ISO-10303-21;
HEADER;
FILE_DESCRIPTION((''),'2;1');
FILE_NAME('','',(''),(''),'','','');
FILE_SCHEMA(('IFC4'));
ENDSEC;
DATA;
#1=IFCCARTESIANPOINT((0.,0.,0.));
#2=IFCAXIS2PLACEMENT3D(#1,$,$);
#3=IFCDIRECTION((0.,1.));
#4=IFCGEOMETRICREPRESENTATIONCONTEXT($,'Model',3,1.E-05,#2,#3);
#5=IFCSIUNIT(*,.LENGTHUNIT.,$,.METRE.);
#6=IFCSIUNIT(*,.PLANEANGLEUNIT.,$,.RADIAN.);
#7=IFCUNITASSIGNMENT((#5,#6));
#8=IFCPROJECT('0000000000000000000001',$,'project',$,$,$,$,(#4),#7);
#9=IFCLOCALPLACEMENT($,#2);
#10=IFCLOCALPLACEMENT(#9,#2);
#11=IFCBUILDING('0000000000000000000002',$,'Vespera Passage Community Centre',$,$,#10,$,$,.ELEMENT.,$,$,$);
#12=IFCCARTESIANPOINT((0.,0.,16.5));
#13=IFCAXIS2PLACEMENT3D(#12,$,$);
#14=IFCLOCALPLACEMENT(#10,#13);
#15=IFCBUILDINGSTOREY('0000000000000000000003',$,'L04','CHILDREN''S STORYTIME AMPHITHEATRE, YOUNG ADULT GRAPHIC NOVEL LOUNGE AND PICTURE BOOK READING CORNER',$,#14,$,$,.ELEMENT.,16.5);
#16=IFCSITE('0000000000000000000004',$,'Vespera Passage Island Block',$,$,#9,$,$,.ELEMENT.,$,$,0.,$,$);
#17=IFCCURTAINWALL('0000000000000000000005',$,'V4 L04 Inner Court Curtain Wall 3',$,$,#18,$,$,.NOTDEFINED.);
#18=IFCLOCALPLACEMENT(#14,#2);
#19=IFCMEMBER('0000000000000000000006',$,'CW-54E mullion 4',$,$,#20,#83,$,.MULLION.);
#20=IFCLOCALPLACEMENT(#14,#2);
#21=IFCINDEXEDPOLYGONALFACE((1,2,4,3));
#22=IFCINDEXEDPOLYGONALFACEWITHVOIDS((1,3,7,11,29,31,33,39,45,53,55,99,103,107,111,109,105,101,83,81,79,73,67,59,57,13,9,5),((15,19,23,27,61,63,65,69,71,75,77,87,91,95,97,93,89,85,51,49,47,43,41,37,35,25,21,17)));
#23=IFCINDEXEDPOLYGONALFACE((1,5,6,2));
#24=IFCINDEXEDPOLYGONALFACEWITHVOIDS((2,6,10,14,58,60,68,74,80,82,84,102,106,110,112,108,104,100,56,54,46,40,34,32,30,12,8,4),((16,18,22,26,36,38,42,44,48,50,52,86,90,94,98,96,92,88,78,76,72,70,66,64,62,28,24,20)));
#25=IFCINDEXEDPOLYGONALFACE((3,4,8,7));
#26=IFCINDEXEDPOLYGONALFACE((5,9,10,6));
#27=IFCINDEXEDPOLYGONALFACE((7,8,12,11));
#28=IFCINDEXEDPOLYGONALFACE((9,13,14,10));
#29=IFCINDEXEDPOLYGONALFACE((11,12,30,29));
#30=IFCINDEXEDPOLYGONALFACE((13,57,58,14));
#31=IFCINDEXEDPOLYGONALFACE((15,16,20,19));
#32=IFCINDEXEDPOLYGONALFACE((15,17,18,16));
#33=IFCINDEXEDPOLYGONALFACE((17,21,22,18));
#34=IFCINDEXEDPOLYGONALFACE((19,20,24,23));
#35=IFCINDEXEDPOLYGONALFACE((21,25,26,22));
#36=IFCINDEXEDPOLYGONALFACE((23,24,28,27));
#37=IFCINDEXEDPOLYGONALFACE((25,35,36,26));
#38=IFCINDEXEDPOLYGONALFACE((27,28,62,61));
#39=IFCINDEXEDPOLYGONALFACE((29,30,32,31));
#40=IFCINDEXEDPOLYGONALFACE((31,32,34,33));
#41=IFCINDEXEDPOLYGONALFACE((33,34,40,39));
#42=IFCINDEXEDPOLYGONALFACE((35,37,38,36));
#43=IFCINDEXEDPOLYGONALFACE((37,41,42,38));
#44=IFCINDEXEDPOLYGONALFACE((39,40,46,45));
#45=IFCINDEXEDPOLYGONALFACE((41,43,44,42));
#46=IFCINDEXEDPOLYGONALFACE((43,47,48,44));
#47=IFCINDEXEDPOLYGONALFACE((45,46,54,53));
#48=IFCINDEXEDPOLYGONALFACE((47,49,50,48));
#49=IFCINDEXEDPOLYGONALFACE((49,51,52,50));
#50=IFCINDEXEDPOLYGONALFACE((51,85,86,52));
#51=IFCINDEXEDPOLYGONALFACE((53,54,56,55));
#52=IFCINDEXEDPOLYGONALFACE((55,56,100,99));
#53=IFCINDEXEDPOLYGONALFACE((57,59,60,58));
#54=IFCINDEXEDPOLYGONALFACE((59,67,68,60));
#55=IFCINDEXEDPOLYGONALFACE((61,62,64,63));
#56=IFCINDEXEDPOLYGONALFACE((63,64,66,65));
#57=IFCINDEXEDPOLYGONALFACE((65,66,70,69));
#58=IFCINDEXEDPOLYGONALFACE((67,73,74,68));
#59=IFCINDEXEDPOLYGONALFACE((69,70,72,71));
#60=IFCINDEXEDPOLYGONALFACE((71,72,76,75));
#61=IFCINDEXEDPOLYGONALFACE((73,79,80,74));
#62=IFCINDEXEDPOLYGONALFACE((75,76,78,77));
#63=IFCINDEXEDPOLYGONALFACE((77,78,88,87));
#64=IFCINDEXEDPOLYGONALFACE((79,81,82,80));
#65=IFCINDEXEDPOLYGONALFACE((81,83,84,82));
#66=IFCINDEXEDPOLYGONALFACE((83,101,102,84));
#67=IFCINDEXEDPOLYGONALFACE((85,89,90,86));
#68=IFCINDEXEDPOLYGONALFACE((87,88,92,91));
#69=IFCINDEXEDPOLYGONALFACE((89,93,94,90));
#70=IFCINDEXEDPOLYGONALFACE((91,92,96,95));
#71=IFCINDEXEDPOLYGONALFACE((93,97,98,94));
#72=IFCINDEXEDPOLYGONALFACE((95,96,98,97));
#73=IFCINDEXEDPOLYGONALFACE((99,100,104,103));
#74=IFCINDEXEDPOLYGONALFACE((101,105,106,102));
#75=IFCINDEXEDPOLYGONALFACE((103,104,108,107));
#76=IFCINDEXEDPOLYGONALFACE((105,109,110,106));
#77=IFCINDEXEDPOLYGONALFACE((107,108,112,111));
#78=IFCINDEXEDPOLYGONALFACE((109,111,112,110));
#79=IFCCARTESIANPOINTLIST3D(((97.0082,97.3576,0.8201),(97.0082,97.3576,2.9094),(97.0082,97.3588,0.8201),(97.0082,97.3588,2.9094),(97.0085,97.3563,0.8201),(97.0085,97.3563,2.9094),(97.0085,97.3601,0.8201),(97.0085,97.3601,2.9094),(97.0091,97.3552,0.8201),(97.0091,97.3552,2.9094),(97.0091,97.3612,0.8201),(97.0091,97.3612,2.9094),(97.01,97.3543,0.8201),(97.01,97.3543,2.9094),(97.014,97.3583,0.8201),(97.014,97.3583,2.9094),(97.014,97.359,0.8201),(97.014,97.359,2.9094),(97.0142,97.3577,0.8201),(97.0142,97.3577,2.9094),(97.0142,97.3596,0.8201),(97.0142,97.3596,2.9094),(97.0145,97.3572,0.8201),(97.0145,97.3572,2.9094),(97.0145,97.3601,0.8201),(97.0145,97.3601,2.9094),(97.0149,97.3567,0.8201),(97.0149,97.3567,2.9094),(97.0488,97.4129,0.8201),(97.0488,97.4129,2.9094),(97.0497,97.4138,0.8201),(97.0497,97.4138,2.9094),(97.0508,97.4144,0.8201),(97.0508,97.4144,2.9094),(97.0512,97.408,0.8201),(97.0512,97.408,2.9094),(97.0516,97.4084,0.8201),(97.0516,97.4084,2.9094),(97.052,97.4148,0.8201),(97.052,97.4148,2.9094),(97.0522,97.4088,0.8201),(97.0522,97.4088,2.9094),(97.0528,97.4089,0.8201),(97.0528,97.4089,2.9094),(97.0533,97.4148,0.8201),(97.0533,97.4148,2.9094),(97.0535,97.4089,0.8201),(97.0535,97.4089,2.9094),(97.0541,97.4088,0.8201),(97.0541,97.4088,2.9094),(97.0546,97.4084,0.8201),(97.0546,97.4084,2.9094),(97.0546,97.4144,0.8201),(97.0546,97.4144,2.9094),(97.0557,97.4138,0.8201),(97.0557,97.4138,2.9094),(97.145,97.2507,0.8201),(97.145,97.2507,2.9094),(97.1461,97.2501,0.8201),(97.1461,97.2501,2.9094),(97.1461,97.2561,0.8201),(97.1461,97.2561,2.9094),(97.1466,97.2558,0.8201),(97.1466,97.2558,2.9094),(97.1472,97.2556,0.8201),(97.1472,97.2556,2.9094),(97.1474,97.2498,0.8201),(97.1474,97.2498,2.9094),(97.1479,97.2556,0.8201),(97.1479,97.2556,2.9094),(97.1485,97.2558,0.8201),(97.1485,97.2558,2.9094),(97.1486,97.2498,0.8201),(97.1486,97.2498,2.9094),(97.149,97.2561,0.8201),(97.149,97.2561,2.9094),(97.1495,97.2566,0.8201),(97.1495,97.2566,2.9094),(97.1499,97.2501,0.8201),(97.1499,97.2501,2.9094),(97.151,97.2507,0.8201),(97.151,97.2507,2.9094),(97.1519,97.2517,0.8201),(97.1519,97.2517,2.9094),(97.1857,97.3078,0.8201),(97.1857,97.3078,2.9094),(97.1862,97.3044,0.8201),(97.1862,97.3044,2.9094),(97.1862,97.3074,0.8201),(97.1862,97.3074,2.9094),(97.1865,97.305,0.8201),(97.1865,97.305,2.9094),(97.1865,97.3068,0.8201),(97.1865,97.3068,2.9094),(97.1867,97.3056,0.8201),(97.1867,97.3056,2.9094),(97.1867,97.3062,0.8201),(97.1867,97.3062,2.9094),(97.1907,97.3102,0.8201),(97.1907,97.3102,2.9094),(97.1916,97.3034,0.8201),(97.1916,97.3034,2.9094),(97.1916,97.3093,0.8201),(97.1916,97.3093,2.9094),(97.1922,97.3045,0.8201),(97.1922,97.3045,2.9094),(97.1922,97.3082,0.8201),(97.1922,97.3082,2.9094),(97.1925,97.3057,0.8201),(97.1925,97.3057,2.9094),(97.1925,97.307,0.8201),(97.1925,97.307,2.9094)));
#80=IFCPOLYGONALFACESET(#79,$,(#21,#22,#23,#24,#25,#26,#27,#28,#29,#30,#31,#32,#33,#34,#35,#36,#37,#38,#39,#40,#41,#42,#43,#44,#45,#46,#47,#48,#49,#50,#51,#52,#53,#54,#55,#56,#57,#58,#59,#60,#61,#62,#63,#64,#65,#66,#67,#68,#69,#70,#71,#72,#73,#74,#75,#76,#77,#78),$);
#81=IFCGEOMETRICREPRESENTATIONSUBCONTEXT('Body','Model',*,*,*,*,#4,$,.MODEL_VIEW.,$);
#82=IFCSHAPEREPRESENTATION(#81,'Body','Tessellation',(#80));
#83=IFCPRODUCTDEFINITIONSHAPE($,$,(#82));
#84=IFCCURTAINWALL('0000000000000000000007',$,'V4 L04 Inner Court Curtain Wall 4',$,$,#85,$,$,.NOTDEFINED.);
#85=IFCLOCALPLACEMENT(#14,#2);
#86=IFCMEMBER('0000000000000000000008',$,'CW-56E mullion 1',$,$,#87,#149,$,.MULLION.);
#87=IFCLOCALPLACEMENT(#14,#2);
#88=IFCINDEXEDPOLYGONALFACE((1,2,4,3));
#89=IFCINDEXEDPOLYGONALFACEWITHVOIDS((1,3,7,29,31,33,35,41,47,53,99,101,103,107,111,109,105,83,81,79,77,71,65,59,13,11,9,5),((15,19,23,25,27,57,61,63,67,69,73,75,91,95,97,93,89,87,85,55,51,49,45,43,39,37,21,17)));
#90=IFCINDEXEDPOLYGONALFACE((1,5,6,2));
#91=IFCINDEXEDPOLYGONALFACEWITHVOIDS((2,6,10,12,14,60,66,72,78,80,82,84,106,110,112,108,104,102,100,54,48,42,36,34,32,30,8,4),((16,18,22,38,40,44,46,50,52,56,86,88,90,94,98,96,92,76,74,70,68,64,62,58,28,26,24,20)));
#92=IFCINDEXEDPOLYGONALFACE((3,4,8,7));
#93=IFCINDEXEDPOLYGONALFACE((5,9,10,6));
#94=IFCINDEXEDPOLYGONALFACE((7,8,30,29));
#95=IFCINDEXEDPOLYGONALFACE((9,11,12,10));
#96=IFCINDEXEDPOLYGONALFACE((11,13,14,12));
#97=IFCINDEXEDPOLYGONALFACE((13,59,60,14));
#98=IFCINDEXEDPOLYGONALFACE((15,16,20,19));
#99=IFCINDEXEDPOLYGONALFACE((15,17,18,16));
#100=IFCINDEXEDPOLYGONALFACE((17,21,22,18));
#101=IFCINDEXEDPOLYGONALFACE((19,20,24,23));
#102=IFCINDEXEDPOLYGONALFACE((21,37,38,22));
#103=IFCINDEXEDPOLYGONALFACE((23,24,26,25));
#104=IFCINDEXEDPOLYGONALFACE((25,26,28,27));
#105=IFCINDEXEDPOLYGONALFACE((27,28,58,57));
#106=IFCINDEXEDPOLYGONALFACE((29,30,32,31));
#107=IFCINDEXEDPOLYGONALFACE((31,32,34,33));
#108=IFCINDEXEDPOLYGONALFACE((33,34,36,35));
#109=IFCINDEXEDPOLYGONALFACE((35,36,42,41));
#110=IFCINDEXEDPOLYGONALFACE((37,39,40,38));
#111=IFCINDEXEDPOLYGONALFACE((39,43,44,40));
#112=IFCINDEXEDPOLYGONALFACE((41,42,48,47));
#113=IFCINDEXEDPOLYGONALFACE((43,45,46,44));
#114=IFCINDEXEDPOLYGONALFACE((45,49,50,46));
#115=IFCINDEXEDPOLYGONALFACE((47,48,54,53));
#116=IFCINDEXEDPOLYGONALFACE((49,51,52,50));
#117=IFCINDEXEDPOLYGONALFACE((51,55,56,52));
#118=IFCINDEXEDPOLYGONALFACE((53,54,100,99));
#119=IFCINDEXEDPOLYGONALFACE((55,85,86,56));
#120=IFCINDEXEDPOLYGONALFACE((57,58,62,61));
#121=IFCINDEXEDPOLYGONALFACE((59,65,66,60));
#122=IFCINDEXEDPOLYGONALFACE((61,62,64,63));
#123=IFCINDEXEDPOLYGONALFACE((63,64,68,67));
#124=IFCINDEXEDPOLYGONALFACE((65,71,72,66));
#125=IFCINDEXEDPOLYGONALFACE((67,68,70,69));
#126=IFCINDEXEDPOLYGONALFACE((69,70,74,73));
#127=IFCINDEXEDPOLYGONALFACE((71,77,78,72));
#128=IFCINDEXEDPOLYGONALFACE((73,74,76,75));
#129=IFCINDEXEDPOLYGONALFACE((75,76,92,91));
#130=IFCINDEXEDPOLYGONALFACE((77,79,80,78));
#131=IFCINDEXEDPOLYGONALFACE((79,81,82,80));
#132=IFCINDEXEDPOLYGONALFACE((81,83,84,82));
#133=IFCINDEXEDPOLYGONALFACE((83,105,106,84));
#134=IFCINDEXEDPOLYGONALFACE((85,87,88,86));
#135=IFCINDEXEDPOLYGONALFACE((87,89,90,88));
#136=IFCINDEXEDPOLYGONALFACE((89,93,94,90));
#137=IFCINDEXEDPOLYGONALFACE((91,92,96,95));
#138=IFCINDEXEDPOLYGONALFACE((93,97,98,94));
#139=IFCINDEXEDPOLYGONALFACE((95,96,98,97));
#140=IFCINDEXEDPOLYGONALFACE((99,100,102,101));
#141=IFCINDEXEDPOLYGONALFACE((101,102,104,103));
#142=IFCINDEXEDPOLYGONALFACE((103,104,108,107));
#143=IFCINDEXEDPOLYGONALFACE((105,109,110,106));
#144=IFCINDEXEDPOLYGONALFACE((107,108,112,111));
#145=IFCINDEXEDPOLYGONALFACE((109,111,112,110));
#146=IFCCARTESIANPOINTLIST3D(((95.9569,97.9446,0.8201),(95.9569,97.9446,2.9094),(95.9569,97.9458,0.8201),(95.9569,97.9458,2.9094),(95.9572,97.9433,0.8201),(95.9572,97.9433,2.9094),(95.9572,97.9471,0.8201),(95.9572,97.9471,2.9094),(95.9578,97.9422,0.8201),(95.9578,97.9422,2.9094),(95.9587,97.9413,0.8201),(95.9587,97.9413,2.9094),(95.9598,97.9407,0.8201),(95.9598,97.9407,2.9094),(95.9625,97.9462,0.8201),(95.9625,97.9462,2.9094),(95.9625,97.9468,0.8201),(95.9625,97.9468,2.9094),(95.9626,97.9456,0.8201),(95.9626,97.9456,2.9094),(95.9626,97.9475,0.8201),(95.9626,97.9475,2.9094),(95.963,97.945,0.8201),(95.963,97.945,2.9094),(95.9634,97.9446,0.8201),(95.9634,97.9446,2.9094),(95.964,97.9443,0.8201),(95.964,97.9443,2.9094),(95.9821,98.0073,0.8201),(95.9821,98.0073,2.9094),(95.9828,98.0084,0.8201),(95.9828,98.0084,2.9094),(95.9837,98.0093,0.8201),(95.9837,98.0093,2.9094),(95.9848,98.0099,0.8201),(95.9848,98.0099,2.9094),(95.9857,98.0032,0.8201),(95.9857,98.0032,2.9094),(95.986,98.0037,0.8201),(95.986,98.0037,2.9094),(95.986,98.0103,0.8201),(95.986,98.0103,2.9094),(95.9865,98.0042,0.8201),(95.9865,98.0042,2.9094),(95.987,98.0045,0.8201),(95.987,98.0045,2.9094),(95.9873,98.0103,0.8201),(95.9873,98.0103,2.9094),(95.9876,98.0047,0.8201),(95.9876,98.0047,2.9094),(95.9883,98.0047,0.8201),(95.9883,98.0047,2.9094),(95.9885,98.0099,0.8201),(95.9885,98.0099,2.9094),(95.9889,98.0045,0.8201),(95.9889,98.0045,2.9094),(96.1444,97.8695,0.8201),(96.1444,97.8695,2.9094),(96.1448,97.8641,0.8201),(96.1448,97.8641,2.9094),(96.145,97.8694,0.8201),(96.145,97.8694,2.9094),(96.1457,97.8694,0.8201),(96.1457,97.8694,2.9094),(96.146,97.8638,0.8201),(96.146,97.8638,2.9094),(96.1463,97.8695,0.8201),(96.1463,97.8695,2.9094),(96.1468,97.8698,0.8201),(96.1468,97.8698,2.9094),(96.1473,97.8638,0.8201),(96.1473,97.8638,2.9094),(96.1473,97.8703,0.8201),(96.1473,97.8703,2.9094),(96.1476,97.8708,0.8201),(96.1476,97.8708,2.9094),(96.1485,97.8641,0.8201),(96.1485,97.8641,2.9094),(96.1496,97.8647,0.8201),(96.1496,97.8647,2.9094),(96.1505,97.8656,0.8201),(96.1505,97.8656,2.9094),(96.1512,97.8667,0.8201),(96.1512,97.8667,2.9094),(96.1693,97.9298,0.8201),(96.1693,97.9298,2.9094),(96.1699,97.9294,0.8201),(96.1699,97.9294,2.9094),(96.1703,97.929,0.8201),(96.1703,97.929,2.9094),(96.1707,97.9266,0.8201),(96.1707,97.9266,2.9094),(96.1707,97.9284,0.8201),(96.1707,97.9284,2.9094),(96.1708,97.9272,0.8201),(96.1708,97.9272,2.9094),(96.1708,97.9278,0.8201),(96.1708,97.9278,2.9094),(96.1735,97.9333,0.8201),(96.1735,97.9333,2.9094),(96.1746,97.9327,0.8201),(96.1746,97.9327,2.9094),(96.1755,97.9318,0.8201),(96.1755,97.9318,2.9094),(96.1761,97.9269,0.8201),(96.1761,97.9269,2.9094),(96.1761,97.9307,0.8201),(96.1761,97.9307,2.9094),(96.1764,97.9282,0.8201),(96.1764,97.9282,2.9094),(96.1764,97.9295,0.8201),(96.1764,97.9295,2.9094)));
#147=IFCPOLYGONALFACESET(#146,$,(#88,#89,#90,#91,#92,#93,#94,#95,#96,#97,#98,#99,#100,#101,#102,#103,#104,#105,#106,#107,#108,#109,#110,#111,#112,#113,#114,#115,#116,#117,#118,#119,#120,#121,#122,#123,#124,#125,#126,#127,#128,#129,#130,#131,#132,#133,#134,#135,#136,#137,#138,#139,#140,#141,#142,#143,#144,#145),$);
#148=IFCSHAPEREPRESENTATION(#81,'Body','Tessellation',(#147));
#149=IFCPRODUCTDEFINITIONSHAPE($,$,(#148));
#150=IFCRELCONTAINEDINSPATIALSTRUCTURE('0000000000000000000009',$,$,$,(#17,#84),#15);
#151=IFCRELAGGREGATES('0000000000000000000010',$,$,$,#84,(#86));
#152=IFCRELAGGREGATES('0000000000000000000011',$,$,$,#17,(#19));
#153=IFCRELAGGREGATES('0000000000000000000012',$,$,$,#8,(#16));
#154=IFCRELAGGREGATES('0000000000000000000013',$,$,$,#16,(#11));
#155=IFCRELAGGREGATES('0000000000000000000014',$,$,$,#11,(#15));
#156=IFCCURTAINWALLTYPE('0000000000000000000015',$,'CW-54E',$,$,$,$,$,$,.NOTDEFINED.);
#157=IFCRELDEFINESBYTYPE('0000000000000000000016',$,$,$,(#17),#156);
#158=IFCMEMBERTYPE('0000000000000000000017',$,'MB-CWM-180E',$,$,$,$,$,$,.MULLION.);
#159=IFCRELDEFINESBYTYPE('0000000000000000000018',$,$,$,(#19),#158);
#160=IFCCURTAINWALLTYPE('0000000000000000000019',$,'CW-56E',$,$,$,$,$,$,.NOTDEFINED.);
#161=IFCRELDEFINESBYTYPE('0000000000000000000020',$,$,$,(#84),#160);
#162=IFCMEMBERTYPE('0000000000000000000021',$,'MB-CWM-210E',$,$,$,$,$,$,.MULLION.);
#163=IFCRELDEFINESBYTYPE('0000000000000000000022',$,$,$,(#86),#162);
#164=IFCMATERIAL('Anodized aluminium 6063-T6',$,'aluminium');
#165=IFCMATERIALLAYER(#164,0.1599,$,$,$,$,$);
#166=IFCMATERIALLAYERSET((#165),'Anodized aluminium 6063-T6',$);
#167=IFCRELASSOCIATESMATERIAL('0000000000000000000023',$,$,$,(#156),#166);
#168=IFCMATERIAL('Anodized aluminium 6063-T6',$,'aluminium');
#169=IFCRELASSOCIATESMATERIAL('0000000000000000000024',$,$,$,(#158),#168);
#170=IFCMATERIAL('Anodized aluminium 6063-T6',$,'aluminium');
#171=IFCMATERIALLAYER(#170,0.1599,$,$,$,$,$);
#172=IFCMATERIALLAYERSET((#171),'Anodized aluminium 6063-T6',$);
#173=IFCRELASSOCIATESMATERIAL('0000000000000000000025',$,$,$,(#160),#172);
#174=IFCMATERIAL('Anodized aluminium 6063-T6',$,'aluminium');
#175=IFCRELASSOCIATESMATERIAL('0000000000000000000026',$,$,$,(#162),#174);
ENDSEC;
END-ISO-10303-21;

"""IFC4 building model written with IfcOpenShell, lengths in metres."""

from ifc_helpers import new_model, si_unit, direction, frame, origin, origin_2d, place, context, subcontext, project, spatial, hollow_rectangle, extrude, material, layer, layer_set, material_profile, profile_set, type_object, element, aggregate, save


model = new_model("IFC4")

# Units and contexts
model_context = context("Model", 3, precision=1e-05, world=origin(), true_north=direction((0.0, 1.0)))
body_context = subcontext(model_context, "Body", "Model", "MODEL_VIEW")
ifc_project = project(units=[si_unit("LENGTHUNIT", "METRE"), si_unit("PLANEANGLEUNIT", "RADIAN")], contexts=[model_context])

# Site, building, storey
site_placement = place(None, origin())
site = spatial("IfcSite", under=ifc_project, at=site_placement, Name="Vespera Passage Island Block", CompositionType="ELEMENT", RefElevation=0.0)
building_placement = place(site_placement, origin())
building = spatial("IfcBuilding", under=site, at=building_placement, Name="Vespera Passage Community Centre", CompositionType="ELEMENT")
storey_placement = place(building_placement, frame((0.0, 0.0, 16.5)))
storey = spatial("IfcBuildingStorey", under=building, at=storey_placement, Name="L04", Description="CHILDREN'S STORYTIME AMPHITHEATRE, YOUNG ADULT GRAPHIC NOVEL LOUNGE AND PICTURE BOOK READING CORNER", CompositionType="ELEMENT", Elevation=16.5)

# Curtain walls, members
ifc_material_1 = material(Name="Anodized aluminium 6063-T6", Category="aluminium")
ifc_layer_1 = layer(ifc_material_1, 0.1599)
ifc_layer_set_1 = layer_set([ifc_layer_1], Name="Anodized aluminium 6063-T6")
curtain_wall_type_1 = type_object("IfcCurtainWallType", Name="CW-54E", PredefinedType="NOTDEFINED", material=ifc_layer_set_1)
curtain_wall_1_placement = place(storey_placement, origin())
curtain_wall_1 = element("IfcCurtainWall", 1, at=curtain_wall_1_placement, inside=storey, type_object=curtain_wall_type_1, Name="V4 L04 Inner Court Curtain Wall 3", PredefinedType="NOTDEFINED")
ifc_material_2 = material(Name="Anodized aluminium 6063-T6", Category="aluminium")
ifc_material_profile_1 = material_profile(ifc_material_2, hollow_rectangle(XDim=0.075, YDim=0.1799, WallThickness=0.0049, InnerFilletRadius=0.0024, OuterFilletRadius=0.0049, at=origin_2d()), Name="ALU180X75X5")
ifc_profile_set_1 = profile_set([ifc_material_profile_1], Name="Anodized aluminium 6063-T6")
member_type_1 = type_object("IfcMemberType", Name="MB-CWM-180E", PredefinedType="MULLION", material=ifc_profile_set_1)
member_1_placement = place(storey_placement, frame((97.1003, 97.3323, 0.8201), z_axis=(0.0, 0.0, 1.0), x_axis=(-0.608755, -0.793358, 0.0)))
member_1 = element("IfcMember", 2, at=member_1_placement, type_object=member_type_1, Name="CW-54E mullion 4", PredefinedType="MULLION", context=body_context, shape_type="SweptSolid", body=[
    extrude(hollow_rectangle(XDim=0.075, YDim=0.1799, WallThickness=0.0049, InnerFilletRadius=0.0024, OuterFilletRadius=0.0049, at=origin_2d()), origin(), (0.0, 0.0, 1.0), 2.0894),
])
ifc_material_3 = material(Name="Anodized aluminium 6063-T6", Category="aluminium")
ifc_layer_2 = layer(ifc_material_3, 0.1599)
ifc_layer_set_2 = layer_set([ifc_layer_2], Name="Anodized aluminium 6063-T6")
curtain_wall_type_2 = type_object("IfcCurtainWallType", Name="CW-56E", PredefinedType="NOTDEFINED", material=ifc_layer_set_2)
curtain_wall_2_placement = place(storey_placement, origin())
curtain_wall_2 = element("IfcCurtainWall", 3, at=curtain_wall_2_placement, inside=storey, type_object=curtain_wall_type_2, Name="V4 L04 Inner Court Curtain Wall 4", PredefinedType="NOTDEFINED")
ifc_material_4 = material(Name="Anodized aluminium 6063-T6", Category="aluminium")
ifc_material_profile_2 = material_profile(ifc_material_4, hollow_rectangle(XDim=0.075, YDim=0.21, WallThickness=0.0049, InnerFilletRadius=0.0024, OuterFilletRadius=0.0049, at=origin_2d()), Name="ALU210X75X5")
ifc_profile_set_2 = profile_set([ifc_material_profile_2], Name="Anodized aluminium 6063-T6")
member_type_2 = type_object("IfcMemberType", Name="MB-CWM-210E", PredefinedType="MULLION", material=ifc_profile_set_2)
member_2_placement = place(storey_placement, frame((96.0667, 97.937, 0.8201), z_axis=(0.0, 0.0, 1.0), x_axis=(-0.38269, -0.923877, 0.0)))
member_2 = element("IfcMember", 4, at=member_2_placement, type_object=member_type_2, Name="CW-56E mullion 1", PredefinedType="MULLION", context=body_context, shape_type="SweptSolid", body=[
    extrude(hollow_rectangle(XDim=0.075, YDim=0.21, WallThickness=0.0049, InnerFilletRadius=0.0024, OuterFilletRadius=0.0049, at=origin_2d()), origin(), (0.0, 0.0, 1.0), 2.0894),
])
aggregate(curtain_wall_2, [member_2])

aggregate(curtain_wall_1, [member_1])

save(model, "model.ifc")
